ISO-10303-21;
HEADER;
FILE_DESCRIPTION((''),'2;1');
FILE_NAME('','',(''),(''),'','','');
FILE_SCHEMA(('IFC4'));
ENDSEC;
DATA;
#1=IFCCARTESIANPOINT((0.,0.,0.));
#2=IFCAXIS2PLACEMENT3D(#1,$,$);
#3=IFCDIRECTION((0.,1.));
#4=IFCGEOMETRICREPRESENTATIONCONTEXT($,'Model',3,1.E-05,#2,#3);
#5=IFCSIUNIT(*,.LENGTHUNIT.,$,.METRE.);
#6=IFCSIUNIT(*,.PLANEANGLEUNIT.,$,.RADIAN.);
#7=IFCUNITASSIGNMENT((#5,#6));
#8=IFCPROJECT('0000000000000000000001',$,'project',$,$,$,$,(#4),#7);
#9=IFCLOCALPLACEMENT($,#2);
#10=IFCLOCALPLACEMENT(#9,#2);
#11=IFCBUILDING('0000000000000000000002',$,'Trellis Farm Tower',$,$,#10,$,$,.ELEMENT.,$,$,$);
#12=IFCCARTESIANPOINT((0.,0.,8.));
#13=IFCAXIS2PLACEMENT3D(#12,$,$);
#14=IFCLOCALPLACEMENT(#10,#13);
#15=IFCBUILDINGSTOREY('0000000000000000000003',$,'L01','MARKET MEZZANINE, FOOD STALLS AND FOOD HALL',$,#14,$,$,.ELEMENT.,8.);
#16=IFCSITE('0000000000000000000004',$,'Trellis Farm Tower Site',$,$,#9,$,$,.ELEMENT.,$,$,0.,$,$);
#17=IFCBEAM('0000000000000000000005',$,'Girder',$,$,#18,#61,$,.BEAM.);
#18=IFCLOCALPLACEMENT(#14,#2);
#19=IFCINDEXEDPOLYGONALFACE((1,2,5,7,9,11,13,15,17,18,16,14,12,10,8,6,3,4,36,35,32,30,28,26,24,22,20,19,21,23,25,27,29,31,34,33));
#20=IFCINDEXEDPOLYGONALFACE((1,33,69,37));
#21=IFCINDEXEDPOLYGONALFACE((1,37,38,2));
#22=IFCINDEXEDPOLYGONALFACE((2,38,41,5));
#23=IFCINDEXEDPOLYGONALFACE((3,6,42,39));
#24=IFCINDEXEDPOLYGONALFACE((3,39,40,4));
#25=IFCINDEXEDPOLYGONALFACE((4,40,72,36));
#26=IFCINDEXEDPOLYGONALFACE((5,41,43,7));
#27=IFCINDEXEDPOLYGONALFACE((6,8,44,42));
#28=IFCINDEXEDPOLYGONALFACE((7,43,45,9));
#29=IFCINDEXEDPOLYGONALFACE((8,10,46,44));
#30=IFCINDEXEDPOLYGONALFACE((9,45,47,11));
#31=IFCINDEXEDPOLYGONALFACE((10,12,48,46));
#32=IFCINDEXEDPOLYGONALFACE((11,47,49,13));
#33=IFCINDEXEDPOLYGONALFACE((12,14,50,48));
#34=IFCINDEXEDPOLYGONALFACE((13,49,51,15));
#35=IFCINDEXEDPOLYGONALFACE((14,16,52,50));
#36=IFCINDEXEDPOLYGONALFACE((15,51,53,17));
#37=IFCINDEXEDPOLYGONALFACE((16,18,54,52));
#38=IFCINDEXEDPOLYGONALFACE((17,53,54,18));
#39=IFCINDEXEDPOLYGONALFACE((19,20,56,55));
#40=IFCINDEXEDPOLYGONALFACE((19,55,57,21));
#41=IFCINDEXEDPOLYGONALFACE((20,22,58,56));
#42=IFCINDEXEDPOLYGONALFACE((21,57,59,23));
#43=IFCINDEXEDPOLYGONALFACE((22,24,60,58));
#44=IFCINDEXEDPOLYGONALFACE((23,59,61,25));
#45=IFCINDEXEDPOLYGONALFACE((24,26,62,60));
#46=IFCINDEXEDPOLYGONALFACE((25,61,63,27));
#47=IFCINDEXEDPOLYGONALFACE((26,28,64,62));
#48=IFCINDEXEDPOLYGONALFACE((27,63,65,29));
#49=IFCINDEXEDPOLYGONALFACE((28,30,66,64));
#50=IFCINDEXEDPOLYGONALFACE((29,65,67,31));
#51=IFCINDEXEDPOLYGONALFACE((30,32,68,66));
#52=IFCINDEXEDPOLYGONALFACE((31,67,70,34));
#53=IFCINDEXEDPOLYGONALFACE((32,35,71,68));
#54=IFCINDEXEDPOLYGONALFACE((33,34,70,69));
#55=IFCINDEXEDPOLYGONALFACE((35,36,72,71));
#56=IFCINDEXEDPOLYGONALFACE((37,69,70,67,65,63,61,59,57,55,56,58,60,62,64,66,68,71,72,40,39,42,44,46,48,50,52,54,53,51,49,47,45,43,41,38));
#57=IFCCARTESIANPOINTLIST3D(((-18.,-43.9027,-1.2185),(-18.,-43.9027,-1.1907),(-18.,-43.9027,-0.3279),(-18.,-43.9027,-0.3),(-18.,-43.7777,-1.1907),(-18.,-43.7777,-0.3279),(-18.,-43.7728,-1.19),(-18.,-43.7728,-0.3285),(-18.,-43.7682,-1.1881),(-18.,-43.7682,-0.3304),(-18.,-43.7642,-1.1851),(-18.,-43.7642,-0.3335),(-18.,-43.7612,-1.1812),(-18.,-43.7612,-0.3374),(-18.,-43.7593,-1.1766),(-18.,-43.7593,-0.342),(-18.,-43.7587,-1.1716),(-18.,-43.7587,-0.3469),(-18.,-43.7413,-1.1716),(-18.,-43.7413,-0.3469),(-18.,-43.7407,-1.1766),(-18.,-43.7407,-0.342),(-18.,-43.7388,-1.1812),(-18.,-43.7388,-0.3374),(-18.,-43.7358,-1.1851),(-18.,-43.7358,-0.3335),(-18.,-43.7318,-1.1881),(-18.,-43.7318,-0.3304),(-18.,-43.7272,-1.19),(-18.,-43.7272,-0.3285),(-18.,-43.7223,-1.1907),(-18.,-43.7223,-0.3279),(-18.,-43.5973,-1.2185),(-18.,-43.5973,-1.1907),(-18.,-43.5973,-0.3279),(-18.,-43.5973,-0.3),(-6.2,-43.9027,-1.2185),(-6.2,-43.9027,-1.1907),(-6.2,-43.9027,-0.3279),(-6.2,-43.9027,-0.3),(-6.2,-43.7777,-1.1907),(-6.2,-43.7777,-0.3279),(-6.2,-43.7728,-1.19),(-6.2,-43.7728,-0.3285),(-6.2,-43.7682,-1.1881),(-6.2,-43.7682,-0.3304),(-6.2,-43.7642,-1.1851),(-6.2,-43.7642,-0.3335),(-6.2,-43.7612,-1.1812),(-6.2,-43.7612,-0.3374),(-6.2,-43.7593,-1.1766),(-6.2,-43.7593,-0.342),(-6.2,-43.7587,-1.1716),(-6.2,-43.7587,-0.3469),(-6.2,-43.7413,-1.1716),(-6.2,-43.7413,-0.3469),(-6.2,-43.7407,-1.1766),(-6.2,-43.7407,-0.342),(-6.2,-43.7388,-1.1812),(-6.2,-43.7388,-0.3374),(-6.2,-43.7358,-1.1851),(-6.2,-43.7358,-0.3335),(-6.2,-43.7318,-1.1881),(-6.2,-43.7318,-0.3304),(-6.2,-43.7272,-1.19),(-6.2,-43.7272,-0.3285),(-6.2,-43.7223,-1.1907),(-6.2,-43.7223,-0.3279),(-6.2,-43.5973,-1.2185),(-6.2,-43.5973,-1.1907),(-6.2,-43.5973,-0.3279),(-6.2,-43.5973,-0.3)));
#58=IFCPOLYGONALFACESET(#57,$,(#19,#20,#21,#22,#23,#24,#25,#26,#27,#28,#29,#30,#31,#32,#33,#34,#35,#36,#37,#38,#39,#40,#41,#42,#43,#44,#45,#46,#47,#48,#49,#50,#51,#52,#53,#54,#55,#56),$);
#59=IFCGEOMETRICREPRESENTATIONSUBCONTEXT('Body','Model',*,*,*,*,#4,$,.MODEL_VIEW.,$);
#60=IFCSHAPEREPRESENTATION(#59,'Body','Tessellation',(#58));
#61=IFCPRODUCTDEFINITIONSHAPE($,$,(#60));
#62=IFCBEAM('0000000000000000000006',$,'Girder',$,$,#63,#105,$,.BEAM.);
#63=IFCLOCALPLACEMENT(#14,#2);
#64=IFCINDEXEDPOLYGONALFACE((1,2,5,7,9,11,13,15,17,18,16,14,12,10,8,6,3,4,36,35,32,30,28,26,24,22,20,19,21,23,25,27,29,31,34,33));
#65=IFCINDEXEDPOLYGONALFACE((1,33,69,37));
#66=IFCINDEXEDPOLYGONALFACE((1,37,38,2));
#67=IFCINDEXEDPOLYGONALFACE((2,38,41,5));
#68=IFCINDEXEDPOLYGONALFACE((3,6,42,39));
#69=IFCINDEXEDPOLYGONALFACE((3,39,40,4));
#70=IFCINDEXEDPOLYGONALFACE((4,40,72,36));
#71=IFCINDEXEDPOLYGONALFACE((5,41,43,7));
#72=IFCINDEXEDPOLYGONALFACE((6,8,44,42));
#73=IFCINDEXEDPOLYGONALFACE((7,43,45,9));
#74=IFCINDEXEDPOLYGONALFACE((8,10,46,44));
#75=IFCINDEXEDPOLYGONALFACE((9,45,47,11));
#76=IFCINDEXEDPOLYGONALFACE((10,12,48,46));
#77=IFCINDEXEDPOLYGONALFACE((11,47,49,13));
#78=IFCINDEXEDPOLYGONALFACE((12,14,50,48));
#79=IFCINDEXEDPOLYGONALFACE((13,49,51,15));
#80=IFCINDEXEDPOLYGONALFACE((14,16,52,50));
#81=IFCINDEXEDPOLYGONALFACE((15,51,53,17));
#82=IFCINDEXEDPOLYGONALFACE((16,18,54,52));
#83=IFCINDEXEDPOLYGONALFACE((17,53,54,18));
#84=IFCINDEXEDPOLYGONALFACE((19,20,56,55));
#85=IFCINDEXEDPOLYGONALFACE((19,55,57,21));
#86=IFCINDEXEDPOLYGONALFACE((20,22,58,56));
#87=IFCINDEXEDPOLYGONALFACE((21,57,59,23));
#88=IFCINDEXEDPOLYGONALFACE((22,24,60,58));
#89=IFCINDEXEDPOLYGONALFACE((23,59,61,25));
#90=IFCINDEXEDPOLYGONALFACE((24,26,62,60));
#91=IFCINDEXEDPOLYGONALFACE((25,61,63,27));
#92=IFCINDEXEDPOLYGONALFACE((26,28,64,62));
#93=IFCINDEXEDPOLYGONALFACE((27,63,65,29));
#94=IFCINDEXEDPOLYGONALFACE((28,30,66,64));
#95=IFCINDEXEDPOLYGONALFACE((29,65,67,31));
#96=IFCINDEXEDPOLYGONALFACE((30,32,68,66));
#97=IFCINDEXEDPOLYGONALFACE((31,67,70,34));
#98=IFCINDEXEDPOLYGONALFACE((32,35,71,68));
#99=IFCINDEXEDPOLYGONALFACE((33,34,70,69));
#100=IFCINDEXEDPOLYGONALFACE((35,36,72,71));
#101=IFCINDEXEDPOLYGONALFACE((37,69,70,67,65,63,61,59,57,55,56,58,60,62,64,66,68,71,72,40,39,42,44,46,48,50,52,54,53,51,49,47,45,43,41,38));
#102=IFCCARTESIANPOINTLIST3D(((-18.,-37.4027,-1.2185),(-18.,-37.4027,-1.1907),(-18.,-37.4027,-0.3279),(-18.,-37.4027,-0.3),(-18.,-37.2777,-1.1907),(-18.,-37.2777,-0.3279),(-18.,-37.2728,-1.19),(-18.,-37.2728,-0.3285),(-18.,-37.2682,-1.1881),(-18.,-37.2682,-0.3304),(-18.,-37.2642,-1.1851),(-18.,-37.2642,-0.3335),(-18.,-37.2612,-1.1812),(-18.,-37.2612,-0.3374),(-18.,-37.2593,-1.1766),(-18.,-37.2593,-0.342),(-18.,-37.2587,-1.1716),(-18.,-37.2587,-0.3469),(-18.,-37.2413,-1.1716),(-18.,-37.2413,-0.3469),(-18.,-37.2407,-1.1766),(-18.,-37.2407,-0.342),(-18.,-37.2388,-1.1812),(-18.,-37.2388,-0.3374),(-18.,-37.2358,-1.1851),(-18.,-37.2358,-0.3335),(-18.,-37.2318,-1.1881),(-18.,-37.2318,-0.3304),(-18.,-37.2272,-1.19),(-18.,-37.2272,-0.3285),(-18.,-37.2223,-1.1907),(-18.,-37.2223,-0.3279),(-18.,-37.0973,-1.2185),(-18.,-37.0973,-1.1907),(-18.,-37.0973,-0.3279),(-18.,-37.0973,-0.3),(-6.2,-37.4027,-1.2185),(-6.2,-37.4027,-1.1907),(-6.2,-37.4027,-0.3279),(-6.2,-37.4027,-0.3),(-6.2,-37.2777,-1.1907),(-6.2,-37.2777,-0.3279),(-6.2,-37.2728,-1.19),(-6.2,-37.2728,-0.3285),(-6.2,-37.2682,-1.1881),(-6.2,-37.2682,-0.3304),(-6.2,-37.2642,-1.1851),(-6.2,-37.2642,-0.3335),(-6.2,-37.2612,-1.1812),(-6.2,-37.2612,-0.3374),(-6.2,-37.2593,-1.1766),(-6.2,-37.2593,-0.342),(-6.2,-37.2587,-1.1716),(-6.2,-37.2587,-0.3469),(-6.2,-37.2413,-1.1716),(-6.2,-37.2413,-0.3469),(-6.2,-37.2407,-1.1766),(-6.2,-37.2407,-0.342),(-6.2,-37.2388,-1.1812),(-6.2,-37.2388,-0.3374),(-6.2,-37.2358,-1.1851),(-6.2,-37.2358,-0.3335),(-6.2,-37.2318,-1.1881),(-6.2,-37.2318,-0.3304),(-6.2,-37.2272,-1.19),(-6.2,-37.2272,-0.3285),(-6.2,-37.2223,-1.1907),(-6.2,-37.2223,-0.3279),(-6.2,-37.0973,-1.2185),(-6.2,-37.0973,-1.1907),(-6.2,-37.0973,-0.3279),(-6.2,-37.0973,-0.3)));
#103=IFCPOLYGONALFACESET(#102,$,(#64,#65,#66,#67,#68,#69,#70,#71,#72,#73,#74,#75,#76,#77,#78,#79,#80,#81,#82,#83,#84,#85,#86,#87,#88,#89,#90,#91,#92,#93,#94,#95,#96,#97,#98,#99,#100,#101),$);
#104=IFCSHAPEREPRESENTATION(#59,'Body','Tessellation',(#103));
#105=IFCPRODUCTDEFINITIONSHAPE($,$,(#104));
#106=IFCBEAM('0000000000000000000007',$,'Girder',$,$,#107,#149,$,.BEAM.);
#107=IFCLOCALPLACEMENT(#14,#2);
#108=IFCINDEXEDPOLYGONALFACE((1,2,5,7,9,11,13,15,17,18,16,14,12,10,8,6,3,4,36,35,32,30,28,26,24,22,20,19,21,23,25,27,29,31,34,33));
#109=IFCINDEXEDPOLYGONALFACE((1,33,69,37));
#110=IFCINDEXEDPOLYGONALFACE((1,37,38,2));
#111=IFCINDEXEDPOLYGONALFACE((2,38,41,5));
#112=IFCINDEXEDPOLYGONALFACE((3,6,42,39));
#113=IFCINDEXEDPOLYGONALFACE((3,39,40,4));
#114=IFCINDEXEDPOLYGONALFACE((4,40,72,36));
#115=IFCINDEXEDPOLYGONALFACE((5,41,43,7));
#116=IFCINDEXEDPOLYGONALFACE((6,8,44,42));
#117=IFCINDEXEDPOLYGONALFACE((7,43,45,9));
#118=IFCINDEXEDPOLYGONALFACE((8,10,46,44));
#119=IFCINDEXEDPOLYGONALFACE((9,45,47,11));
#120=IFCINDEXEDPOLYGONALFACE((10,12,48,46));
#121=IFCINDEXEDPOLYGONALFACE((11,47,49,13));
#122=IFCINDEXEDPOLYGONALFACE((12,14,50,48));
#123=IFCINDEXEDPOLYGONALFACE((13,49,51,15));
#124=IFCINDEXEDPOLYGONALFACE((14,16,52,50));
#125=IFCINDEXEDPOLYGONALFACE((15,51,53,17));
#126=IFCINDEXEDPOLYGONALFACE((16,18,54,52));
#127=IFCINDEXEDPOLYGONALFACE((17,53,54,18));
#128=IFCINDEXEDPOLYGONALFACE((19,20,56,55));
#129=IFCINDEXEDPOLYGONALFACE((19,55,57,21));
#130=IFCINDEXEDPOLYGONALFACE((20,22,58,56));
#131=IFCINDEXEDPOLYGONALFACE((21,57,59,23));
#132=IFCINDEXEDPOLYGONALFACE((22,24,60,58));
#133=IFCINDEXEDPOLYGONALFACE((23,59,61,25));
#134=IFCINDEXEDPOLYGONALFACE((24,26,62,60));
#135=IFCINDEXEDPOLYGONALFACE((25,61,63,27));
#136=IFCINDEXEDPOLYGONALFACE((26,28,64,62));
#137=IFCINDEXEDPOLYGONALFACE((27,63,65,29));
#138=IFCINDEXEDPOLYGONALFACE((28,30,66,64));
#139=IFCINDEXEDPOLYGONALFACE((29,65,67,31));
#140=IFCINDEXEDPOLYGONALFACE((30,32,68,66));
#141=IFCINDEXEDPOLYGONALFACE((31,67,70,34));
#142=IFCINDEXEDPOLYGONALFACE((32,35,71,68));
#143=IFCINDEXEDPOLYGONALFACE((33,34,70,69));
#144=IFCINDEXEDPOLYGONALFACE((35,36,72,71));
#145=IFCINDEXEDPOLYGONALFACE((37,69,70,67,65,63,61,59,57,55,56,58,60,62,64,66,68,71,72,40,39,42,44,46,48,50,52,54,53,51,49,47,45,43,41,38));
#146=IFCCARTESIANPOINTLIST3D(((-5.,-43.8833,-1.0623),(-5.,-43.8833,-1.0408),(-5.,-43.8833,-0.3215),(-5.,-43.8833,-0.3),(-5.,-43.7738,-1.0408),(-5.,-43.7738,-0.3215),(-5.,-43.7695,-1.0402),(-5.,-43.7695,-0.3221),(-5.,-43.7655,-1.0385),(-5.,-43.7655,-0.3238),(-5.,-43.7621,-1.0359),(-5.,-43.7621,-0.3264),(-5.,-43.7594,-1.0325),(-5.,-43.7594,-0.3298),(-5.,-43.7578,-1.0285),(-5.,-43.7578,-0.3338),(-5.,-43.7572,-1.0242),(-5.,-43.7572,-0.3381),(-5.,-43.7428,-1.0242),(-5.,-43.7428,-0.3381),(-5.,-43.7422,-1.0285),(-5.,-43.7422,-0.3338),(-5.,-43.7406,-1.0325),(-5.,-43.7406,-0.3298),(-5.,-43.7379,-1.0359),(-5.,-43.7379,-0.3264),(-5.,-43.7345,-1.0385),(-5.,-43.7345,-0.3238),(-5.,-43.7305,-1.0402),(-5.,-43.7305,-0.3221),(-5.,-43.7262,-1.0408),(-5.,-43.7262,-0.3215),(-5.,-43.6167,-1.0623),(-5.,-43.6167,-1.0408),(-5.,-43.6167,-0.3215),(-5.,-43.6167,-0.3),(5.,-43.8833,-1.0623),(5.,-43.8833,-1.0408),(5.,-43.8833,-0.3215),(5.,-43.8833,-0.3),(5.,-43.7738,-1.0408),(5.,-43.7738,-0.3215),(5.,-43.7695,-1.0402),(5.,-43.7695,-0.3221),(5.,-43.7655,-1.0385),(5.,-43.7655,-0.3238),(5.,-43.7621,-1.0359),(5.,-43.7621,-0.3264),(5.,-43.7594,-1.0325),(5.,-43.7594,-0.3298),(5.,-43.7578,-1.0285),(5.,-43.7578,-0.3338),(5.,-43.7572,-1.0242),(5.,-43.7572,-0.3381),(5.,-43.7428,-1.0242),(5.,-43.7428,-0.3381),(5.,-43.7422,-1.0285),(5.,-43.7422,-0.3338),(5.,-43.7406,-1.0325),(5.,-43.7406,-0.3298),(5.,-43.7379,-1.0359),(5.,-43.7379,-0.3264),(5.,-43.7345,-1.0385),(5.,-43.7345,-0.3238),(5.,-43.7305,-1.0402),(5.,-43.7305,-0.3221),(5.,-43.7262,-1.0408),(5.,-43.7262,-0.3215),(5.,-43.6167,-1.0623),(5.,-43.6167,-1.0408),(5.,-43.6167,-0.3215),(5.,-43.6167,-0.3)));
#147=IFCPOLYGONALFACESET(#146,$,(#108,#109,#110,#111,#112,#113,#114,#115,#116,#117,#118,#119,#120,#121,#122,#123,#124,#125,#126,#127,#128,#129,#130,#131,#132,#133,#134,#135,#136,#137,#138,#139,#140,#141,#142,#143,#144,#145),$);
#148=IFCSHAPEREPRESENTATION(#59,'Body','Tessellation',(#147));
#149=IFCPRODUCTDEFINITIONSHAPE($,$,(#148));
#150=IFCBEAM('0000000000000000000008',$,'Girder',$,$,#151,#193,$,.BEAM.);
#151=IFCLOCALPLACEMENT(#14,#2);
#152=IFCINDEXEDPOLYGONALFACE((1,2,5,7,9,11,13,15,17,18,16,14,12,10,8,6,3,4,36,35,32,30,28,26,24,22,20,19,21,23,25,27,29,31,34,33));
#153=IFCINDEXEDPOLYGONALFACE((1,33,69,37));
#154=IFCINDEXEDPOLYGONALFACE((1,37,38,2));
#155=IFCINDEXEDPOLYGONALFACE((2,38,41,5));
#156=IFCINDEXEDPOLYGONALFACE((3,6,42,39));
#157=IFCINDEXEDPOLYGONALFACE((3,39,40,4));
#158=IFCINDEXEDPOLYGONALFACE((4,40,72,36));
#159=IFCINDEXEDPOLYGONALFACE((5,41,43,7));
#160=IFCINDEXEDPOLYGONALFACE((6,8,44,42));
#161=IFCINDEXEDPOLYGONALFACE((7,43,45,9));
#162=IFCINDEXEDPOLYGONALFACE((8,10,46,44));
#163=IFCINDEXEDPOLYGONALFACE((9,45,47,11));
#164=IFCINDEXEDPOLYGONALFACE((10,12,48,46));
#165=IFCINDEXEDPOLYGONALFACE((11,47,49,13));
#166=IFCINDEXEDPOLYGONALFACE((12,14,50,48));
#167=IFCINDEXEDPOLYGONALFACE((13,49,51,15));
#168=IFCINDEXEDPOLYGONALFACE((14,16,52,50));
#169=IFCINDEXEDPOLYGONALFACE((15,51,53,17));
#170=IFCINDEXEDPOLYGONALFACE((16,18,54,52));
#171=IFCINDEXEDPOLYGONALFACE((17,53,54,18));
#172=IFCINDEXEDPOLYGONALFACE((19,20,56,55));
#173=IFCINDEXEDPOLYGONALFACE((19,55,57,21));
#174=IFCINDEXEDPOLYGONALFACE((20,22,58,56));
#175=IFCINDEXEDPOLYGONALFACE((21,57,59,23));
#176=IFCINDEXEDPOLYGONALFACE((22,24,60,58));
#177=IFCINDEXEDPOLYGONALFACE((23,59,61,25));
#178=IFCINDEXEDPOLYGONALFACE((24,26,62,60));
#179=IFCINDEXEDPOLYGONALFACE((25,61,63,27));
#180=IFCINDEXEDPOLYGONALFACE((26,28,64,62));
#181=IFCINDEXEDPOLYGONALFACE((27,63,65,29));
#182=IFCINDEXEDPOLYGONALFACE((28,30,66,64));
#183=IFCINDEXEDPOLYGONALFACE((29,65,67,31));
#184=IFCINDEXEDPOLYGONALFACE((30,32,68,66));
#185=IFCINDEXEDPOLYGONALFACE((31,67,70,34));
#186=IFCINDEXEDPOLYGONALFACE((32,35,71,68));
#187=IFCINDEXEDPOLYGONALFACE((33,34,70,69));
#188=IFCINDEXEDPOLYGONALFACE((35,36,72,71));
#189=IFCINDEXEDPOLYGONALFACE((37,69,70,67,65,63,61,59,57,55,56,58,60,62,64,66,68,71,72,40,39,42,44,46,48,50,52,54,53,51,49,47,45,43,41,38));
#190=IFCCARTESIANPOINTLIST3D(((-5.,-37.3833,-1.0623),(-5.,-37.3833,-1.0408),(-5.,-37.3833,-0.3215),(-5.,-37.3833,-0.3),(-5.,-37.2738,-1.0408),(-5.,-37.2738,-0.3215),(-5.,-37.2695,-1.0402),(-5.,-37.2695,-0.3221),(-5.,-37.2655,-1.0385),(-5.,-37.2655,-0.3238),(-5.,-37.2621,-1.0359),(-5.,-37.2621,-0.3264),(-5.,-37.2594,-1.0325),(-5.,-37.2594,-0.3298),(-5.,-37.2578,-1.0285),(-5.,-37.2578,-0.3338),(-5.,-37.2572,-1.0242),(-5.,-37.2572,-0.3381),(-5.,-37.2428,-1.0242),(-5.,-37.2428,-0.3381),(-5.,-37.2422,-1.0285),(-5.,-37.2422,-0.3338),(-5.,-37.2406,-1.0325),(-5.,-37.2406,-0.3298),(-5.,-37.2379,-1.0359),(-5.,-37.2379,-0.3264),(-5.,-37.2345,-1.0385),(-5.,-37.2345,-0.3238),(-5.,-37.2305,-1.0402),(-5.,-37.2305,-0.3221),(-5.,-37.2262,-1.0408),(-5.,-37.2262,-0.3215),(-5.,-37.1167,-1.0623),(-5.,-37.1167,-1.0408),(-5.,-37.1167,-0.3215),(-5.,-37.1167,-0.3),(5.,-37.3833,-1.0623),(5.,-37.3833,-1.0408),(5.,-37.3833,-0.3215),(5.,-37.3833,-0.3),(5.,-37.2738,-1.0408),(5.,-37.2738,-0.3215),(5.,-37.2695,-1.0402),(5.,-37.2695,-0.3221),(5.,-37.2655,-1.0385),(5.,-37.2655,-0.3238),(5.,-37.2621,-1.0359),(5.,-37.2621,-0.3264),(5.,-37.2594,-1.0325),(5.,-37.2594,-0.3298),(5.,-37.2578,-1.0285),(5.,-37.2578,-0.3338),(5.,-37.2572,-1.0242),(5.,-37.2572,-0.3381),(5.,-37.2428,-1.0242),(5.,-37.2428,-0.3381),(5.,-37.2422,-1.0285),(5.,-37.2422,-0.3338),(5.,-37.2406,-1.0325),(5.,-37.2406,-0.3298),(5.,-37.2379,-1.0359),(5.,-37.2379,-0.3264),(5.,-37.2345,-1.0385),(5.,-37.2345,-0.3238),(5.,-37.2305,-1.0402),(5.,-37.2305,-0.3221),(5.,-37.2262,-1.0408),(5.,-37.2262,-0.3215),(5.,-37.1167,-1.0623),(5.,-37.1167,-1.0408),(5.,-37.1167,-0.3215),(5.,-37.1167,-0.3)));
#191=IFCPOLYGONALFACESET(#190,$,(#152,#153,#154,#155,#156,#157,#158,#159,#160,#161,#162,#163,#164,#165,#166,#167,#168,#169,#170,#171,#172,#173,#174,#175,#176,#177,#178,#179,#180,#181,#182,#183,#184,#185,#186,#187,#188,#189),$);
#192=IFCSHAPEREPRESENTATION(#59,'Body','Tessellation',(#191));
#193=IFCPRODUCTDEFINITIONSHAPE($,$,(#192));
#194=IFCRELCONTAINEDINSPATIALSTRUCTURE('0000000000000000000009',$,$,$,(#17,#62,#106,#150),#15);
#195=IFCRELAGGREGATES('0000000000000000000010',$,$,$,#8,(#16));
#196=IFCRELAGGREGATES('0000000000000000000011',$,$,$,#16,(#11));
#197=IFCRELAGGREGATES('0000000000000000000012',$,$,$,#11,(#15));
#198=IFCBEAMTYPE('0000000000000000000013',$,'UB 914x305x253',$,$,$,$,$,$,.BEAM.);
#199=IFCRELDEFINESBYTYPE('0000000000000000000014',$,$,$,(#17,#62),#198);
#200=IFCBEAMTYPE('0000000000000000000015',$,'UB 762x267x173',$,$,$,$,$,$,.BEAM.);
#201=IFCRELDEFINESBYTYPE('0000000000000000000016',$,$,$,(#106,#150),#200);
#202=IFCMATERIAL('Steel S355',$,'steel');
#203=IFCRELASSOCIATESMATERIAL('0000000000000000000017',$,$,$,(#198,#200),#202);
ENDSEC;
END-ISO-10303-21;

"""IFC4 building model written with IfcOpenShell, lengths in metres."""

from ifc_helpers import new_model, si_unit, direction, frame, origin, origin_2d, place, context, subcontext, project, spatial, i_section, extrude, source, transform, mapped, material, material_profile, profile_set, type_object, element, save


model = new_model("IFC4")

# Units and contexts
model_context = context("Model", 3, precision=1e-05, world=origin(), true_north=direction((0.0, 1.0)))
body_context = subcontext(model_context, "Body", "Model", "MODEL_VIEW")
ifc_project = project(units=[si_unit("LENGTHUNIT", "METRE"), si_unit("PLANEANGLEUNIT", "RADIAN")], contexts=[model_context])

# Site, building, storey
site_placement = place(None, origin())
site = spatial("IfcSite", under=ifc_project, at=site_placement, Name="Trellis Farm Tower Site", CompositionType="ELEMENT", RefElevation=0.0)
building_placement = place(site_placement, origin())
building = spatial("IfcBuilding", under=site, at=building_placement, Name="Trellis Farm Tower", CompositionType="ELEMENT")
storey_placement = place(building_placement, frame((0.0, 0.0, 8.0)))
storey = spatial("IfcBuildingStorey", under=building, at=storey_placement, Name="L01", Description="MARKET MEZZANINE, FOOD STALLS AND FOOD HALL", CompositionType="ELEMENT", Elevation=8.0)

# Beams
ifc_material_1 = material(Name="Steel S355", Category="steel")
ifc_material_profile_1 = material_profile(ifc_material_1, i_section(OverallWidth=0.3054, OverallDepth=0.9185, WebThickness=0.0173, FlangeThickness=0.0278, FilletRadius=0.019, at=origin_2d()), Name="UB 914x305x253")
ifc_profile_set_1 = profile_set([ifc_material_profile_1], Name="Steel S355")
beam_type_1 = type_object("IfcBeamType", Name="UB 914x305x253", PredefinedType="BEAM", material=ifc_profile_set_1)
shared_shape_1 = source(origin(), body_context, "Body", "SweptSolid", [
    extrude(i_section(OverallWidth=0.3054, OverallDepth=0.9185, WebThickness=0.0173, FlangeThickness=0.0278, FilletRadius=0.019, at=origin_2d()), origin(), (0.0, 0.0, 1.0), 11.8),
])
for number, where, z_axis, x_axis, name in (
    (1, (-18.0, -43.75, -0.7593), (1.0, 0.0, 0.0), (0.0, 1.0, 0.0), "Girder"),
    (2, (-18.0, -37.25, -0.7593), (1.0, 0.0, 0.0), (0.0, 1.0, 0.0), "Girder"),
):
    element("IfcBeam", number, at=place(storey_placement, frame(where, z_axis=z_axis, x_axis=x_axis)), inside=storey, type_object=beam_type_1, Name=name, PredefinedType="BEAM", context=body_context, shape_type="MappedRepresentation", body=[
        mapped(shared_shape_1, transform((0.0, 0.0, 0.0))),
    ])
ifc_material_profile_2 = material_profile(ifc_material_1, i_section(OverallWidth=0.2666, OverallDepth=0.7622, WebThickness=0.0144, FlangeThickness=0.0215, FilletRadius=0.0166, at=origin_2d()), Name="UB 762x267x173")
ifc_profile_set_2 = profile_set([ifc_material_profile_2], Name="Steel S355")
beam_type_2 = type_object("IfcBeamType", Name="UB 762x267x173", PredefinedType="BEAM", material=ifc_profile_set_2)
shared_shape_2 = source(origin(), body_context, "Body", "SweptSolid", [
    extrude(i_section(OverallWidth=0.2666, OverallDepth=0.7622, WebThickness=0.0144, FlangeThickness=0.0215, FilletRadius=0.0166, at=origin_2d()), origin(), (0.0, 0.0, 1.0), 10.0),
])
for number, where, z_axis, x_axis, name in (
    (3, (-5.0, -43.75, -0.6812), (1.0, 0.0, 0.0), (0.0, 1.0, 0.0), "Girder"),
    (4, (-5.0, -37.25, -0.6812), (1.0, 0.0, 0.0), (0.0, 1.0, 0.0), "Girder"),
):
    element("IfcBeam", number, at=place(storey_placement, frame(where, z_axis=z_axis, x_axis=x_axis)), inside=storey, type_object=beam_type_2, Name=name, PredefinedType="BEAM", context=body_context, shape_type="MappedRepresentation", body=[
        mapped(shared_shape_2, transform((0.0, 0.0, 0.0))),
    ])

save(model, "model.ifc")
